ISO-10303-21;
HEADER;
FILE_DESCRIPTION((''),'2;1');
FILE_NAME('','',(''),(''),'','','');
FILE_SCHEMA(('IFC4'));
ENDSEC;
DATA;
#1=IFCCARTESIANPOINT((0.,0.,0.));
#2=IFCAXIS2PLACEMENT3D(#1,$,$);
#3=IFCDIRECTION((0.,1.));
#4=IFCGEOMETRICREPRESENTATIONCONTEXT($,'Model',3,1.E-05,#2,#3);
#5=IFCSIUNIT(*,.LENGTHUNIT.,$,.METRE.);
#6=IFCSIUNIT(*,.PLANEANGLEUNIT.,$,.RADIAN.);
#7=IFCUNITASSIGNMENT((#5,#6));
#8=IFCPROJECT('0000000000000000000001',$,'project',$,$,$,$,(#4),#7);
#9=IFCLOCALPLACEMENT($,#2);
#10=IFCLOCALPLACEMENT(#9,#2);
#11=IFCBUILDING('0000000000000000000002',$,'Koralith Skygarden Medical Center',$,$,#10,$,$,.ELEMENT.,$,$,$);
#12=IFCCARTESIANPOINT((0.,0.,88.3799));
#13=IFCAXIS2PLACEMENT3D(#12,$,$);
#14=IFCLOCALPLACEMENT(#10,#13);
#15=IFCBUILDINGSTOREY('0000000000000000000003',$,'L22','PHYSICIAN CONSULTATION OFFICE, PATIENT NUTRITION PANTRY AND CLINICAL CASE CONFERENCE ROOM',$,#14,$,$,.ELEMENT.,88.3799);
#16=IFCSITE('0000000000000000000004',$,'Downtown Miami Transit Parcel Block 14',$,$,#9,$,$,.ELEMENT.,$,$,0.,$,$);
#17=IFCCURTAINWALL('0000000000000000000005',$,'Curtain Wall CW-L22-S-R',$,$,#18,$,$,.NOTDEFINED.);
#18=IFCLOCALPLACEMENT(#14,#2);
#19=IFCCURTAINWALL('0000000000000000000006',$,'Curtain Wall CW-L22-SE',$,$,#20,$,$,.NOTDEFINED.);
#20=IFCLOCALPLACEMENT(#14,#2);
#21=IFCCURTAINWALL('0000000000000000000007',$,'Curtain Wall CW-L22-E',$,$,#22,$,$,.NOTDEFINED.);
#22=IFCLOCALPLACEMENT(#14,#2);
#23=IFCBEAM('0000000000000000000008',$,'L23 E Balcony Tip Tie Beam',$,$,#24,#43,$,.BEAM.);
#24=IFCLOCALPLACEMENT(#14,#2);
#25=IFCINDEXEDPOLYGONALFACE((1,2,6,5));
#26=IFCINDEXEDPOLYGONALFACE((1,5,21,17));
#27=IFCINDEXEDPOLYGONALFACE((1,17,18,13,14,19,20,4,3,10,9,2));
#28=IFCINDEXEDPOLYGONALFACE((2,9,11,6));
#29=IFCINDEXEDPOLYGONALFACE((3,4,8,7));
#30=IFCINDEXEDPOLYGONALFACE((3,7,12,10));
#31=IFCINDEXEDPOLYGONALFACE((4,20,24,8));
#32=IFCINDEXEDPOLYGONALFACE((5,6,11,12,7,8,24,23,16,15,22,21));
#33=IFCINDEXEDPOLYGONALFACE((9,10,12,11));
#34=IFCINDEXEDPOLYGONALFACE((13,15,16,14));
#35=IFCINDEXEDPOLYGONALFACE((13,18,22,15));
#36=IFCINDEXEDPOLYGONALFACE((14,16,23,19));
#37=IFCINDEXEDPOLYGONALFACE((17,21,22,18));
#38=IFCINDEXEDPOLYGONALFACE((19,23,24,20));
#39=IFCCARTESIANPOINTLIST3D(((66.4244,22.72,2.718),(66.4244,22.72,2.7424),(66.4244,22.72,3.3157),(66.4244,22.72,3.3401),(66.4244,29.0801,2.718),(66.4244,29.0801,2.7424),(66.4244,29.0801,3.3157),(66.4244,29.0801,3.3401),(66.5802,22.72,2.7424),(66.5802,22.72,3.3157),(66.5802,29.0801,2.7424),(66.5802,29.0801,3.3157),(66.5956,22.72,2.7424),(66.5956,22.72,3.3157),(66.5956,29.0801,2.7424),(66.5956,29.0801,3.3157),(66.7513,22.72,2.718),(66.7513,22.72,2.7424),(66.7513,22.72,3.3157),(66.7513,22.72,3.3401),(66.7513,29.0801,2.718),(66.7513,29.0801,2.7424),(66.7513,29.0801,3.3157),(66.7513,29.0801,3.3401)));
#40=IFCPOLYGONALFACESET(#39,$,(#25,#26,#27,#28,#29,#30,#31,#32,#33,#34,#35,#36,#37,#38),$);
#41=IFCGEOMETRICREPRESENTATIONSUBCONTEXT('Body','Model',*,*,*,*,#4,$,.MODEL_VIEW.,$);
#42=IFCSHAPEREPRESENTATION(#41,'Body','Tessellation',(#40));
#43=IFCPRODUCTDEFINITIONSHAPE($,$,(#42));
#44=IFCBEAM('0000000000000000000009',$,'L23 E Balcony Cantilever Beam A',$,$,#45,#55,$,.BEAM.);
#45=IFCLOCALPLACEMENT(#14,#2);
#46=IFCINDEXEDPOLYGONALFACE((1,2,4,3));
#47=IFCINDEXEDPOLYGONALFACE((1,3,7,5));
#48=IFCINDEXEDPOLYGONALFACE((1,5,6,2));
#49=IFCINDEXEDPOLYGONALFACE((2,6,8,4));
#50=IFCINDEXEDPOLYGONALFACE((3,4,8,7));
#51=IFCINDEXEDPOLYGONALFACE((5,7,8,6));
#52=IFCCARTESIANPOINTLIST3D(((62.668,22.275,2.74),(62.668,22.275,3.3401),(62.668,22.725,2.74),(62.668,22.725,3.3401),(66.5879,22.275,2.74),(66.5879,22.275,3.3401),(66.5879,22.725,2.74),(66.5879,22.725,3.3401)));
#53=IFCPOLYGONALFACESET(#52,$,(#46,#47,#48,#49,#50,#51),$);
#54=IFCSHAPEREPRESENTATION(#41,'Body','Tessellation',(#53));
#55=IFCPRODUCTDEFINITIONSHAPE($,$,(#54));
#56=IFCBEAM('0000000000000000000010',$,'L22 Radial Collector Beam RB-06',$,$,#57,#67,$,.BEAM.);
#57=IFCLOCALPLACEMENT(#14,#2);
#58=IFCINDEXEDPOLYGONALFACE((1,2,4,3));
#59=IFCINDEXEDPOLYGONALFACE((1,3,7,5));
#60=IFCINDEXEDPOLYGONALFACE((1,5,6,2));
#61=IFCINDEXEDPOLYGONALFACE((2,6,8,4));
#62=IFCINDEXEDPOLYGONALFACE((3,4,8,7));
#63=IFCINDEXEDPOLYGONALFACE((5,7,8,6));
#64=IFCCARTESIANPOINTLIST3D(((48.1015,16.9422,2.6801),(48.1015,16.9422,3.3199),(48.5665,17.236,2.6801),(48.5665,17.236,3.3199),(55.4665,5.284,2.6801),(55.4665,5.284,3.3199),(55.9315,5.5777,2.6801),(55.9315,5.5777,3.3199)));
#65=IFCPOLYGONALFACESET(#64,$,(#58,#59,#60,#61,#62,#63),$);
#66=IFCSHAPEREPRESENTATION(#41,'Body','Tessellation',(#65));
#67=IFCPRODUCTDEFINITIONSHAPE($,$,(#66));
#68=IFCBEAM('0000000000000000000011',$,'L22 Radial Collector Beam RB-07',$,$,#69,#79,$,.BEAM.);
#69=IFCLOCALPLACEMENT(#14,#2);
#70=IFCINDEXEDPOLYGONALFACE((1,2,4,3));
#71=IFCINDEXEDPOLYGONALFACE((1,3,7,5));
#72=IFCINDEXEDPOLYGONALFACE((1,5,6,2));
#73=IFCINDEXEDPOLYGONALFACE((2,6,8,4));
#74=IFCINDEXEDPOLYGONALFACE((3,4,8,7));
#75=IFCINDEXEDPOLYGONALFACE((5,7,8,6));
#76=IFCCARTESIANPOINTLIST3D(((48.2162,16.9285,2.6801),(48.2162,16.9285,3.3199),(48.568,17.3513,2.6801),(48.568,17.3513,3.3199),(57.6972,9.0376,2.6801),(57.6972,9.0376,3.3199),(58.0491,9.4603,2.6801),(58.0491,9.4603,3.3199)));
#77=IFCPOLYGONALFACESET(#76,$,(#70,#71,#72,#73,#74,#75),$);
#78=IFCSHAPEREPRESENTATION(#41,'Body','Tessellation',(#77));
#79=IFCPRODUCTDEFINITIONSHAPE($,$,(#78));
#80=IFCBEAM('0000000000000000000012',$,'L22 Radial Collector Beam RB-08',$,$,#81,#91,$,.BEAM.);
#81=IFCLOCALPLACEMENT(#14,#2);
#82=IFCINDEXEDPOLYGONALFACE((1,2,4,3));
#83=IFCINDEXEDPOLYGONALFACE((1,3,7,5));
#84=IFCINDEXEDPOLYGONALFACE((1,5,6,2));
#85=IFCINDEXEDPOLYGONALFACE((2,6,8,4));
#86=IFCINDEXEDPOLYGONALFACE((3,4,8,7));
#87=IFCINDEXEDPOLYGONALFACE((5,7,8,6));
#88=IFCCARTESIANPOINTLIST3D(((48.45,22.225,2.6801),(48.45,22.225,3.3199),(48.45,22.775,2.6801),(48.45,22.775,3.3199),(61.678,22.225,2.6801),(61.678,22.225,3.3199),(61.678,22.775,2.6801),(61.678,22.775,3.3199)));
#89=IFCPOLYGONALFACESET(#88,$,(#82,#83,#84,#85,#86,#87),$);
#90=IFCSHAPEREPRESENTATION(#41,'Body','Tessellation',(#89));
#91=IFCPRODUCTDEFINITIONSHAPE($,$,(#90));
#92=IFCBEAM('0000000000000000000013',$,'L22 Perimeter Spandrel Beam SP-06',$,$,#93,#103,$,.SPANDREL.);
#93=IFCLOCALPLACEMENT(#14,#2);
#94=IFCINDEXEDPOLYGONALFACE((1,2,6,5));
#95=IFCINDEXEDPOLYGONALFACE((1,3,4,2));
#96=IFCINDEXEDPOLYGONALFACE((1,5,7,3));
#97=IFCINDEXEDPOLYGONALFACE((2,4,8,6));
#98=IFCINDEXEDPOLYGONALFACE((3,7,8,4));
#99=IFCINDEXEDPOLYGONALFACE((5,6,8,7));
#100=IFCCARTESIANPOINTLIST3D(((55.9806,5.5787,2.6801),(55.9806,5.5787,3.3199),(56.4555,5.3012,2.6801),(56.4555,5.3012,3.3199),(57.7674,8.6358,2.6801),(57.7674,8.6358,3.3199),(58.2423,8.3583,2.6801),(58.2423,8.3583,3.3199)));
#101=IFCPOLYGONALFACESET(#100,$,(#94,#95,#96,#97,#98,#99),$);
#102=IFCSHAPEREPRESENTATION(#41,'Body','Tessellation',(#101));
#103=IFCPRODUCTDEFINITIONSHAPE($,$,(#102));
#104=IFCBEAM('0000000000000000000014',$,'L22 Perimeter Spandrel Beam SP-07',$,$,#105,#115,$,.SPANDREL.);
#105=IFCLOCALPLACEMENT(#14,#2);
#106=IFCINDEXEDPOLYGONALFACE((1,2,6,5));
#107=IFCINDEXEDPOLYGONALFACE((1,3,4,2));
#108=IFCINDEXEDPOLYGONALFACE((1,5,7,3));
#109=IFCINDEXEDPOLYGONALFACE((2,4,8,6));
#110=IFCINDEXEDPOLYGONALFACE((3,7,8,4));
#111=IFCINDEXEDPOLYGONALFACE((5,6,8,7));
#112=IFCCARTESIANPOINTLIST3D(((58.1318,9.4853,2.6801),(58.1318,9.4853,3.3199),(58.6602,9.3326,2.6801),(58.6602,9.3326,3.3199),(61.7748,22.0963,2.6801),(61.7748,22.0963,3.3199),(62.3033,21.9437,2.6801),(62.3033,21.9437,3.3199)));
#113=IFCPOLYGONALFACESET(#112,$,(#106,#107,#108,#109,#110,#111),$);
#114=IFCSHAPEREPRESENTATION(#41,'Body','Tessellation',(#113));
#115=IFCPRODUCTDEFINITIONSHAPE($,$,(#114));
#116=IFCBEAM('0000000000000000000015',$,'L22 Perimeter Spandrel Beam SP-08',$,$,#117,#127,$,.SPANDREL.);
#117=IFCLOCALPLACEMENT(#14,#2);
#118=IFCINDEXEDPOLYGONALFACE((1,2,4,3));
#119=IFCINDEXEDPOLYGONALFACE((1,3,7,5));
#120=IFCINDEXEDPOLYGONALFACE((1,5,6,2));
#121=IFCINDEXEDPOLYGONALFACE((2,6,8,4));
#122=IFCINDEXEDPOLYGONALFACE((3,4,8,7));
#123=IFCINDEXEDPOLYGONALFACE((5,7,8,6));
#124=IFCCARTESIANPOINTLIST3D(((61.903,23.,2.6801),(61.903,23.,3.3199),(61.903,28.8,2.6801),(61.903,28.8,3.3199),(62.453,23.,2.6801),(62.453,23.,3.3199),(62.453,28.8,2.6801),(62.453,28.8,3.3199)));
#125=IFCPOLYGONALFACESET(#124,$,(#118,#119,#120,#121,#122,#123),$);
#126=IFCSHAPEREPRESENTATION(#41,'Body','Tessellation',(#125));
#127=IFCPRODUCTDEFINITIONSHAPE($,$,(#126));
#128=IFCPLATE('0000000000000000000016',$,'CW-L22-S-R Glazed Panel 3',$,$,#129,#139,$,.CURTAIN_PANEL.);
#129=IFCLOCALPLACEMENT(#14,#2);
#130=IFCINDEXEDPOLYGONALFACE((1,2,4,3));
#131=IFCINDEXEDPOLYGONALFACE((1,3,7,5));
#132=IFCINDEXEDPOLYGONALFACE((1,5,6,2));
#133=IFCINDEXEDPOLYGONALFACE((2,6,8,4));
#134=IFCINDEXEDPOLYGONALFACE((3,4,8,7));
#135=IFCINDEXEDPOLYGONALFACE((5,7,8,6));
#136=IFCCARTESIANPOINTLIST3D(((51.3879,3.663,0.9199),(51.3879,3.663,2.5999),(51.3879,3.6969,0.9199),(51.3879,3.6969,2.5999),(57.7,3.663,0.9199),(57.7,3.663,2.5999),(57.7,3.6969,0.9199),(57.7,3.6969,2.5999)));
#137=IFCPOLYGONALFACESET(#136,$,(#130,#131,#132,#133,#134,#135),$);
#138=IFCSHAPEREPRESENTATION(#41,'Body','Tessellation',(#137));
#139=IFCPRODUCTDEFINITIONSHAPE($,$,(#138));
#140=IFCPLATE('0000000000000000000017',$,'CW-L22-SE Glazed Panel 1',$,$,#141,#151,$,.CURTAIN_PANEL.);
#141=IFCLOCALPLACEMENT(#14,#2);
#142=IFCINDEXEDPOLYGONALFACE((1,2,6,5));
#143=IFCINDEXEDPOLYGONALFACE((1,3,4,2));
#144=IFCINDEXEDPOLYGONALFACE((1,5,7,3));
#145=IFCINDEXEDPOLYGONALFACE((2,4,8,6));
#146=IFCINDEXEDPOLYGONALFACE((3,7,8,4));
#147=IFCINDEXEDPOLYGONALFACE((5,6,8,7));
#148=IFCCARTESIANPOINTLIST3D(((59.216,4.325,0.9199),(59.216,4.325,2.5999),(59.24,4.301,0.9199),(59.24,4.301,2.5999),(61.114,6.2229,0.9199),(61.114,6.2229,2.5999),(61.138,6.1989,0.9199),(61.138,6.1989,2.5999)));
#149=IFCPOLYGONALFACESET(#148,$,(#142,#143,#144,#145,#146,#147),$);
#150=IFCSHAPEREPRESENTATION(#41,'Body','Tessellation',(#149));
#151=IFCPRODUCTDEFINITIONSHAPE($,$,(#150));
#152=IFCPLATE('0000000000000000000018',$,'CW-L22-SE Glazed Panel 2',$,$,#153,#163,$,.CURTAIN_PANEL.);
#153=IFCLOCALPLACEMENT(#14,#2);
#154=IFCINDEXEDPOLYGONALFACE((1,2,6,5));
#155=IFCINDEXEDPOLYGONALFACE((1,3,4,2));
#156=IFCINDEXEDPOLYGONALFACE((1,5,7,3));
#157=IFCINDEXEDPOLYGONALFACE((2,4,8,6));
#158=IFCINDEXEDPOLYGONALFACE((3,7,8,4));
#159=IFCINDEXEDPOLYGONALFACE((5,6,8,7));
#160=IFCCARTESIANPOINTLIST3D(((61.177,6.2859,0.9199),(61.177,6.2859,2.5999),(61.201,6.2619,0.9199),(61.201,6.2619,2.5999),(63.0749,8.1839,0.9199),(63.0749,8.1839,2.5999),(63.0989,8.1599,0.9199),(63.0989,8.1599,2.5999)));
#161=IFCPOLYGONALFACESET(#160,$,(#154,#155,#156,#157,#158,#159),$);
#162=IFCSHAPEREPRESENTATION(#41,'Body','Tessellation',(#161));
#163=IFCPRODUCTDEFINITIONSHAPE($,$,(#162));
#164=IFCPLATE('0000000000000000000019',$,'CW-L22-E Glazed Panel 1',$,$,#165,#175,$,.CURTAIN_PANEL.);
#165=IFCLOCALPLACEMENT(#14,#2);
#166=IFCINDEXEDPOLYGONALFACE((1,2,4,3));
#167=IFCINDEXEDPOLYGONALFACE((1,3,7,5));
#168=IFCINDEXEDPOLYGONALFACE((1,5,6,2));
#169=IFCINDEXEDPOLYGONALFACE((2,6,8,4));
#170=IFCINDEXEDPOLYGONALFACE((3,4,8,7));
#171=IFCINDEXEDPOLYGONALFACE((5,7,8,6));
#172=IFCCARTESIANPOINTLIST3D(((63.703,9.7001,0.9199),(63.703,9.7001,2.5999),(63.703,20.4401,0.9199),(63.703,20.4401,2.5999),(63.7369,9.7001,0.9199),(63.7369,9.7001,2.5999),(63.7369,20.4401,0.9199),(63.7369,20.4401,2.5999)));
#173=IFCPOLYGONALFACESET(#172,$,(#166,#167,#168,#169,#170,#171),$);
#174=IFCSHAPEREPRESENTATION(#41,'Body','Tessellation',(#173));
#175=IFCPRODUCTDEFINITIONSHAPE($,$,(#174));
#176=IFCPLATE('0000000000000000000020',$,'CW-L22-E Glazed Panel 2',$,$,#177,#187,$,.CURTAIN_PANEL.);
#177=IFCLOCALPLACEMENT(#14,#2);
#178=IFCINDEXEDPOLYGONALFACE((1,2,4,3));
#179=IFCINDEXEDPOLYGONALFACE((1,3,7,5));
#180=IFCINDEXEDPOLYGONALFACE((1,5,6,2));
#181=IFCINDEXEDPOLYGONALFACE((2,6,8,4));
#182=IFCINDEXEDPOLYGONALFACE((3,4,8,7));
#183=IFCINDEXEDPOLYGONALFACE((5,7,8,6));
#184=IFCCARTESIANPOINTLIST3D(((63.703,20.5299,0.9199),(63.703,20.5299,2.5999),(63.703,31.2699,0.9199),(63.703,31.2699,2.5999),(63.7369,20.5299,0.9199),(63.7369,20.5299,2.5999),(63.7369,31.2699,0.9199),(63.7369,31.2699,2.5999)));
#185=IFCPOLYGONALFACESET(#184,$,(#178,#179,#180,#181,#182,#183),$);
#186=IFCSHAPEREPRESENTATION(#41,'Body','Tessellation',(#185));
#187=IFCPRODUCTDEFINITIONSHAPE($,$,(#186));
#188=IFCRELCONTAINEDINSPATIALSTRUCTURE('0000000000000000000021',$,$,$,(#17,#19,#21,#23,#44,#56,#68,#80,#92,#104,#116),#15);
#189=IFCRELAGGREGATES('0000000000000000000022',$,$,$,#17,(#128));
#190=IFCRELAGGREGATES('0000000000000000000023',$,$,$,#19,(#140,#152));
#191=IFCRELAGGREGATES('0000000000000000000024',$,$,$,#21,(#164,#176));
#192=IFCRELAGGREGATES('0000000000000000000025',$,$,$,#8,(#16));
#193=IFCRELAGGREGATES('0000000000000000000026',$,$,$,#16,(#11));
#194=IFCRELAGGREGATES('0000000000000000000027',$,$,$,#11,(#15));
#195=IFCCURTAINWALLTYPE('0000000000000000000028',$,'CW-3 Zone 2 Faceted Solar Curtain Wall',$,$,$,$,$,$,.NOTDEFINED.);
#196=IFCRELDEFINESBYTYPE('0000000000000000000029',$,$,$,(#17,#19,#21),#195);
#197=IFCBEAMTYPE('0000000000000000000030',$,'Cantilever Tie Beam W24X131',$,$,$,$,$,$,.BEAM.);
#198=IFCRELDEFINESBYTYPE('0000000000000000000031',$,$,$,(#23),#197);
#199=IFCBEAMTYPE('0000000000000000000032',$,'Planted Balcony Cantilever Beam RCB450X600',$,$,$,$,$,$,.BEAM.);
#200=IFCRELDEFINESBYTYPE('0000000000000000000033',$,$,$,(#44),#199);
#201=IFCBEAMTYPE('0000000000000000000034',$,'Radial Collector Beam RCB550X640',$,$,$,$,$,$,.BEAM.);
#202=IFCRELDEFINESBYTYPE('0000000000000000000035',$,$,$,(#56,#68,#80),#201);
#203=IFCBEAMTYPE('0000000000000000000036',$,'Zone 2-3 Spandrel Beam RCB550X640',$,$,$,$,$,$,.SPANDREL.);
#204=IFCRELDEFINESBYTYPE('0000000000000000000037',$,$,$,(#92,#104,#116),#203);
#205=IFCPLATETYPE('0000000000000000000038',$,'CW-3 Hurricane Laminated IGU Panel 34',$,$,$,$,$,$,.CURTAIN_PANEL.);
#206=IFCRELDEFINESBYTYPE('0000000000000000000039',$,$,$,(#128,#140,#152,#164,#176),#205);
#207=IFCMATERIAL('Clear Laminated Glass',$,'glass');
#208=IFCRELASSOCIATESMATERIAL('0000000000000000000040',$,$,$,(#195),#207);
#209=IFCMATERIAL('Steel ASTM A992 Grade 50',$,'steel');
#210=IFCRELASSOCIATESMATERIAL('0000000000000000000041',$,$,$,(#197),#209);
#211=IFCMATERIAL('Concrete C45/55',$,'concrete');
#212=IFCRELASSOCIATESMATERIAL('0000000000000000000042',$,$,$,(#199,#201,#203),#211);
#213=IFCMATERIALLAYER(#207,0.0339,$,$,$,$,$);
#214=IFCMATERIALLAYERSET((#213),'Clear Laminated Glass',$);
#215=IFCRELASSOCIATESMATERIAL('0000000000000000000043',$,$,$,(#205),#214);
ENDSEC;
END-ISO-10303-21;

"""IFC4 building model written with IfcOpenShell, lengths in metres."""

from ifc_helpers import new_model, si_unit, direction, frame, origin, origin_2d, place, context, subcontext, project, spatial, rectangle, i_section, extrude, material, layer, layer_set, material_profile, profile_set, type_object, element, aggregate, save


model = new_model("IFC4")

# Units and contexts
model_context = context("Model", 3, precision=1e-05, world=origin(), true_north=direction((0.0, 1.0)))
body_context = subcontext(model_context, "Body", "Model", "MODEL_VIEW")
ifc_project = project(units=[si_unit("LENGTHUNIT", "METRE"), si_unit("PLANEANGLEUNIT", "RADIAN")], contexts=[model_context])

# Site, building, storey
site_placement = place(None, origin())
site = spatial("IfcSite", under=ifc_project, at=site_placement, Name="Downtown Miami Transit Parcel Block 14", CompositionType="ELEMENT", RefElevation=0.0)
building_placement = place(site_placement, origin())
building = spatial("IfcBuilding", under=site, at=building_placement, Name="Koralith Skygarden Medical Center", CompositionType="ELEMENT")
storey_placement = place(building_placement, frame((0.0, 0.0, 88.3799)))
storey = spatial("IfcBuildingStorey", under=building, at=storey_placement, Name="L22", Description="PHYSICIAN CONSULTATION OFFICE, PATIENT NUTRITION PANTRY AND CLINICAL CASE CONFERENCE ROOM", CompositionType="ELEMENT", Elevation=88.3799)

# Curtain walls
ifc_material_1 = material(Name="Clear Laminated Glass", Category="glass")
curtain_wall_type = type_object("IfcCurtainWallType", Name="CW-3 Zone 2 Faceted Solar Curtain Wall", PredefinedType="NOTDEFINED", material=ifc_material_1)
curtain_wall_1_placement = place(storey_placement, origin())
curtain_wall_1 = element("IfcCurtainWall", 1, at=curtain_wall_1_placement, inside=storey, type_object=curtain_wall_type, Name="Curtain Wall CW-L22-S-R", PredefinedType="NOTDEFINED")
curtain_wall_2_placement = place(storey_placement, origin())
curtain_wall_2 = element("IfcCurtainWall", 2, at=curtain_wall_2_placement, inside=storey, type_object=curtain_wall_type, Name="Curtain Wall CW-L22-SE", PredefinedType="NOTDEFINED")
curtain_wall_3_placement = place(storey_placement, origin())
curtain_wall_3 = element("IfcCurtainWall", 3, at=curtain_wall_3_placement, inside=storey, type_object=curtain_wall_type, Name="Curtain Wall CW-L22-E", PredefinedType="NOTDEFINED")

# Beams
ifc_material_2 = material(Name="Steel ASTM A992 Grade 50", Category="steel")
ifc_material_profile_1 = material_profile(ifc_material_2, i_section(OverallWidth=0.3269, OverallDepth=0.6221, WebThickness=0.0154, FlangeThickness=0.0244, at=origin_2d()), Name="W24X131")
ifc_profile_set_1 = profile_set([ifc_material_profile_1], Name="Steel ASTM A992 Grade 50")
beam_type_1 = type_object("IfcBeamType", Name="Cantilever Tie Beam W24X131", PredefinedType="BEAM", material=ifc_profile_set_1)
beam_1_placement = place(storey_placement, frame((66.5879, 22.72, 3.0291), z_axis=(0.0, 1.0, 0.0), x_axis=(-1.0, 0.0, 0.0)))
element("IfcBeam", 4, at=beam_1_placement, inside=storey, type_object=beam_type_1, Name="L23 E Balcony Tip Tie Beam", PredefinedType="BEAM", context=body_context, shape_type="SweptSolid", body=[
    extrude(i_section(OverallWidth=0.3269, OverallDepth=0.6221, WebThickness=0.0154, FlangeThickness=0.0244, at=origin_2d()), origin(), (0.0, 0.0, 1.0), 6.3601),
])
ifc_material_3 = material(Name="Concrete C45/55", Category="concrete")
ifc_material_profile_2 = material_profile(ifc_material_3, rectangle(XDim=0.45, YDim=0.6001, at=origin_2d()), Name="RCB450X600")
ifc_profile_set_2 = profile_set([ifc_material_profile_2], Name="Concrete C45/55")
beam_type_2 = type_object("IfcBeamType", Name="Planted Balcony Cantilever Beam RCB450X600", PredefinedType="BEAM", material=ifc_profile_set_2)
beam_2_placement = place(storey_placement, frame((62.668, 22.5, 3.04), z_axis=(1.0, 0.0, 0.0), x_axis=(0.0, 1.0, 0.0)))
element("IfcBeam", 5, at=beam_2_placement, inside=storey, type_object=beam_type_2, Name="L23 E Balcony Cantilever Beam A", PredefinedType="BEAM", context=body_context, shape_type="SweptSolid", body=[
    extrude(rectangle(XDim=0.45, YDim=0.6001, at=origin_2d()), origin(), (0.0, 0.0, 1.0), 3.9199),
])
ifc_material_profile_3 = material_profile(ifc_material_3, rectangle(XDim=0.55, YDim=0.6399, at=origin_2d()), Name="RCB550X640")
ifc_profile_set_3 = profile_set([ifc_material_profile_3], Name="Concrete C45/55")
beam_type_3 = type_object("IfcBeamType", Name="Radial Collector Beam RCB550X640", PredefinedType="BEAM", material=ifc_profile_set_3)
beam_3_placement = place(storey_placement, frame((48.334, 17.0891, 3.0), z_axis=(0.534092, -0.845426, 0.0), x_axis=(0.845426, 0.534092, 0.0)))
element("IfcBeam", 6, at=beam_3_placement, inside=storey, type_object=beam_type_3, Name="L22 Radial Collector Beam RB-06", PredefinedType="BEAM", context=body_context, shape_type="SweptSolid", body=[
    extrude(rectangle(XDim=0.55, YDim=0.6399, at=origin_2d()), origin(), (0.0, 0.0, 1.0), 13.7898),
])
beam_4_placement = place(storey_placement, frame((48.3921, 17.1399, 3.0), z_axis=(0.768617, -0.639709, 0.0), x_axis=(0.639709, 0.768617, 0.0)))
element("IfcBeam", 7, at=beam_4_placement, inside=storey, type_object=beam_type_3, Name="L22 Radial Collector Beam RB-07", PredefinedType="BEAM", context=body_context, shape_type="SweptSolid", body=[
    extrude(rectangle(XDim=0.55, YDim=0.6399, at=origin_2d()), origin(), (0.0, 0.0, 1.0), 12.3352),
])
beam_5_placement = place(storey_placement, frame((48.45, 22.5, 3.0), z_axis=(1.0, 0.0, 0.0), x_axis=(0.0, 1.0, 0.0)))
element("IfcBeam", 8, at=beam_5_placement, inside=storey, type_object=beam_type_3, Name="L22 Radial Collector Beam RB-08", PredefinedType="BEAM", context=body_context, shape_type="SweptSolid", body=[
    extrude(rectangle(XDim=0.55, YDim=0.6399, at=origin_2d()), origin(), (0.0, 0.0, 1.0), 13.228),
])
ifc_material_profile_4 = material_profile(ifc_material_3, rectangle(XDim=0.55, YDim=0.6399, at=origin_2d()), Name="RCB550X640")
ifc_profile_set_4 = profile_set([ifc_material_profile_4], Name="Concrete C45/55")
beam_type_4 = type_object("IfcBeamType", Name="Zone 2-3 Spandrel Beam RCB550X640", PredefinedType="SPANDREL", material=ifc_profile_set_4)
beam_6_placement = place(storey_placement, frame((56.218, 5.4399, 3.0), z_axis=(0.504617, 0.863343, 0.0), x_axis=(-0.863343, 0.504617, 0.0)))
element("IfcBeam", 9, at=beam_6_placement, inside=storey, type_object=beam_type_4, Name="L22 Perimeter Spandrel Beam SP-06", PredefinedType="SPANDREL", context=body_context, shape_type="SweptSolid", body=[
    extrude(rectangle(XDim=0.55, YDim=0.6399, at=origin_2d()), origin(), (0.0, 0.0, 1.0), 3.541),
])
beam_7_placement = place(storey_placement, frame((58.396, 9.4089, 3.0), z_axis=(0.27753, 0.960717, 0.0), x_axis=(-0.960717, 0.27753, 0.0)))
element("IfcBeam", 10, at=beam_7_placement, inside=storey, type_object=beam_type_4, Name="L22 Perimeter Spandrel Beam SP-07", PredefinedType="SPANDREL", context=body_context, shape_type="SweptSolid", body=[
    extrude(rectangle(XDim=0.55, YDim=0.6399, at=origin_2d()), origin(), (0.0, 0.0, 1.0), 13.1267),
])
beam_8_placement = place(storey_placement, frame((62.178, 23.0, 3.0), z_axis=(0.0, 1.0, 0.0), x_axis=(-1.0, 0.0, 0.0)))
element("IfcBeam", 11, at=beam_8_placement, inside=storey, type_object=beam_type_4, Name="L22 Perimeter Spandrel Beam SP-08", PredefinedType="SPANDREL", context=body_context, shape_type="SweptSolid", body=[
    extrude(rectangle(XDim=0.55, YDim=0.6399, at=origin_2d()), origin(), (0.0, 0.0, 1.0), 5.8),
])

# Plates
ifc_layer_1 = layer(ifc_material_1, 0.0339)
ifc_layer_set_1 = layer_set([ifc_layer_1], Name="Clear Laminated Glass")
plate_type_1 = type_object("IfcPlateType", Name="CW-3 Hurricane Laminated IGU Panel 34", PredefinedType="CURTAIN_PANEL", material=ifc_layer_set_1)
plate_1_placement = place(storey_placement, frame((54.5439, 3.6799, 0.9199), z_axis=(0.0, 0.0, 1.0), x_axis=(1.0, 0.0, 0.0)))
plate_1 = element("IfcPlate", 12, at=plate_1_placement, type_object=plate_type_1, Name="CW-L22-S-R Glazed Panel 3", PredefinedType="CURTAIN_PANEL", context=body_context, shape_type="SweptSolid", body=[
    extrude(rectangle(XDim=6.312, YDim=0.0339, at=origin_2d()), origin(), (0.0, 0.0, 1.0), 1.6799),
])
aggregate(curtain_wall_1, [plate_1])
plate_2_placement = place(storey_placement, frame((60.177, 5.262, 0.9199), z_axis=(0.0, 0.0, 1.0), x_axis=(0.707107, 0.707107, 0.0)))
plate_2 = element("IfcPlate", 13, at=plate_2_placement, type_object=plate_type_1, Name="CW-L22-SE Glazed Panel 1", PredefinedType="CURTAIN_PANEL", context=body_context, shape_type="SweptSolid", body=[
    extrude(rectangle(XDim=2.6841, YDim=0.0339, at=origin_2d()), origin(), (0.0, 0.0, 1.0), 1.6799),
])
plate_3_placement = place(storey_placement, frame((62.1379, 7.2229, 0.9199), z_axis=(0.0, 0.0, 1.0), x_axis=(0.707107, 0.707107, 0.0)))
plate_3 = element("IfcPlate", 14, at=plate_3_placement, type_object=plate_type_1, Name="CW-L22-SE Glazed Panel 2", PredefinedType="CURTAIN_PANEL", context=body_context, shape_type="SweptSolid", body=[
    extrude(rectangle(XDim=2.6841, YDim=0.0339, at=origin_2d()), origin(), (0.0, 0.0, 1.0), 1.6799),
])
aggregate(curtain_wall_2, [plate_2, plate_3])
plate_4_placement = place(storey_placement, frame((63.72, 15.0701, 0.9199), z_axis=(0.0, 0.0, 1.0), x_axis=(0.0, 1.0, 0.0)))
plate_4 = element("IfcPlate", 15, at=plate_4_placement, type_object=plate_type_1, Name="CW-L22-E Glazed Panel 1", PredefinedType="CURTAIN_PANEL", context=body_context, shape_type="SweptSolid", body=[
    extrude(rectangle(XDim=10.74, YDim=0.0339, at=origin_2d()), origin(), (0.0, 0.0, 1.0), 1.6799),
])
plate_5_placement = place(storey_placement, frame((63.72, 25.8999, 0.9199), z_axis=(0.0, 0.0, 1.0), x_axis=(0.0, 1.0, 0.0)))
plate_5 = element("IfcPlate", 16, at=plate_5_placement, type_object=plate_type_1, Name="CW-L22-E Glazed Panel 2", PredefinedType="CURTAIN_PANEL", context=body_context, shape_type="SweptSolid", body=[
    extrude(rectangle(XDim=10.74, YDim=0.0339, at=origin_2d()), origin(), (0.0, 0.0, 1.0), 1.6799),
])
aggregate(curtain_wall_3, [plate_4, plate_5])

save(model, "model.ifc")
